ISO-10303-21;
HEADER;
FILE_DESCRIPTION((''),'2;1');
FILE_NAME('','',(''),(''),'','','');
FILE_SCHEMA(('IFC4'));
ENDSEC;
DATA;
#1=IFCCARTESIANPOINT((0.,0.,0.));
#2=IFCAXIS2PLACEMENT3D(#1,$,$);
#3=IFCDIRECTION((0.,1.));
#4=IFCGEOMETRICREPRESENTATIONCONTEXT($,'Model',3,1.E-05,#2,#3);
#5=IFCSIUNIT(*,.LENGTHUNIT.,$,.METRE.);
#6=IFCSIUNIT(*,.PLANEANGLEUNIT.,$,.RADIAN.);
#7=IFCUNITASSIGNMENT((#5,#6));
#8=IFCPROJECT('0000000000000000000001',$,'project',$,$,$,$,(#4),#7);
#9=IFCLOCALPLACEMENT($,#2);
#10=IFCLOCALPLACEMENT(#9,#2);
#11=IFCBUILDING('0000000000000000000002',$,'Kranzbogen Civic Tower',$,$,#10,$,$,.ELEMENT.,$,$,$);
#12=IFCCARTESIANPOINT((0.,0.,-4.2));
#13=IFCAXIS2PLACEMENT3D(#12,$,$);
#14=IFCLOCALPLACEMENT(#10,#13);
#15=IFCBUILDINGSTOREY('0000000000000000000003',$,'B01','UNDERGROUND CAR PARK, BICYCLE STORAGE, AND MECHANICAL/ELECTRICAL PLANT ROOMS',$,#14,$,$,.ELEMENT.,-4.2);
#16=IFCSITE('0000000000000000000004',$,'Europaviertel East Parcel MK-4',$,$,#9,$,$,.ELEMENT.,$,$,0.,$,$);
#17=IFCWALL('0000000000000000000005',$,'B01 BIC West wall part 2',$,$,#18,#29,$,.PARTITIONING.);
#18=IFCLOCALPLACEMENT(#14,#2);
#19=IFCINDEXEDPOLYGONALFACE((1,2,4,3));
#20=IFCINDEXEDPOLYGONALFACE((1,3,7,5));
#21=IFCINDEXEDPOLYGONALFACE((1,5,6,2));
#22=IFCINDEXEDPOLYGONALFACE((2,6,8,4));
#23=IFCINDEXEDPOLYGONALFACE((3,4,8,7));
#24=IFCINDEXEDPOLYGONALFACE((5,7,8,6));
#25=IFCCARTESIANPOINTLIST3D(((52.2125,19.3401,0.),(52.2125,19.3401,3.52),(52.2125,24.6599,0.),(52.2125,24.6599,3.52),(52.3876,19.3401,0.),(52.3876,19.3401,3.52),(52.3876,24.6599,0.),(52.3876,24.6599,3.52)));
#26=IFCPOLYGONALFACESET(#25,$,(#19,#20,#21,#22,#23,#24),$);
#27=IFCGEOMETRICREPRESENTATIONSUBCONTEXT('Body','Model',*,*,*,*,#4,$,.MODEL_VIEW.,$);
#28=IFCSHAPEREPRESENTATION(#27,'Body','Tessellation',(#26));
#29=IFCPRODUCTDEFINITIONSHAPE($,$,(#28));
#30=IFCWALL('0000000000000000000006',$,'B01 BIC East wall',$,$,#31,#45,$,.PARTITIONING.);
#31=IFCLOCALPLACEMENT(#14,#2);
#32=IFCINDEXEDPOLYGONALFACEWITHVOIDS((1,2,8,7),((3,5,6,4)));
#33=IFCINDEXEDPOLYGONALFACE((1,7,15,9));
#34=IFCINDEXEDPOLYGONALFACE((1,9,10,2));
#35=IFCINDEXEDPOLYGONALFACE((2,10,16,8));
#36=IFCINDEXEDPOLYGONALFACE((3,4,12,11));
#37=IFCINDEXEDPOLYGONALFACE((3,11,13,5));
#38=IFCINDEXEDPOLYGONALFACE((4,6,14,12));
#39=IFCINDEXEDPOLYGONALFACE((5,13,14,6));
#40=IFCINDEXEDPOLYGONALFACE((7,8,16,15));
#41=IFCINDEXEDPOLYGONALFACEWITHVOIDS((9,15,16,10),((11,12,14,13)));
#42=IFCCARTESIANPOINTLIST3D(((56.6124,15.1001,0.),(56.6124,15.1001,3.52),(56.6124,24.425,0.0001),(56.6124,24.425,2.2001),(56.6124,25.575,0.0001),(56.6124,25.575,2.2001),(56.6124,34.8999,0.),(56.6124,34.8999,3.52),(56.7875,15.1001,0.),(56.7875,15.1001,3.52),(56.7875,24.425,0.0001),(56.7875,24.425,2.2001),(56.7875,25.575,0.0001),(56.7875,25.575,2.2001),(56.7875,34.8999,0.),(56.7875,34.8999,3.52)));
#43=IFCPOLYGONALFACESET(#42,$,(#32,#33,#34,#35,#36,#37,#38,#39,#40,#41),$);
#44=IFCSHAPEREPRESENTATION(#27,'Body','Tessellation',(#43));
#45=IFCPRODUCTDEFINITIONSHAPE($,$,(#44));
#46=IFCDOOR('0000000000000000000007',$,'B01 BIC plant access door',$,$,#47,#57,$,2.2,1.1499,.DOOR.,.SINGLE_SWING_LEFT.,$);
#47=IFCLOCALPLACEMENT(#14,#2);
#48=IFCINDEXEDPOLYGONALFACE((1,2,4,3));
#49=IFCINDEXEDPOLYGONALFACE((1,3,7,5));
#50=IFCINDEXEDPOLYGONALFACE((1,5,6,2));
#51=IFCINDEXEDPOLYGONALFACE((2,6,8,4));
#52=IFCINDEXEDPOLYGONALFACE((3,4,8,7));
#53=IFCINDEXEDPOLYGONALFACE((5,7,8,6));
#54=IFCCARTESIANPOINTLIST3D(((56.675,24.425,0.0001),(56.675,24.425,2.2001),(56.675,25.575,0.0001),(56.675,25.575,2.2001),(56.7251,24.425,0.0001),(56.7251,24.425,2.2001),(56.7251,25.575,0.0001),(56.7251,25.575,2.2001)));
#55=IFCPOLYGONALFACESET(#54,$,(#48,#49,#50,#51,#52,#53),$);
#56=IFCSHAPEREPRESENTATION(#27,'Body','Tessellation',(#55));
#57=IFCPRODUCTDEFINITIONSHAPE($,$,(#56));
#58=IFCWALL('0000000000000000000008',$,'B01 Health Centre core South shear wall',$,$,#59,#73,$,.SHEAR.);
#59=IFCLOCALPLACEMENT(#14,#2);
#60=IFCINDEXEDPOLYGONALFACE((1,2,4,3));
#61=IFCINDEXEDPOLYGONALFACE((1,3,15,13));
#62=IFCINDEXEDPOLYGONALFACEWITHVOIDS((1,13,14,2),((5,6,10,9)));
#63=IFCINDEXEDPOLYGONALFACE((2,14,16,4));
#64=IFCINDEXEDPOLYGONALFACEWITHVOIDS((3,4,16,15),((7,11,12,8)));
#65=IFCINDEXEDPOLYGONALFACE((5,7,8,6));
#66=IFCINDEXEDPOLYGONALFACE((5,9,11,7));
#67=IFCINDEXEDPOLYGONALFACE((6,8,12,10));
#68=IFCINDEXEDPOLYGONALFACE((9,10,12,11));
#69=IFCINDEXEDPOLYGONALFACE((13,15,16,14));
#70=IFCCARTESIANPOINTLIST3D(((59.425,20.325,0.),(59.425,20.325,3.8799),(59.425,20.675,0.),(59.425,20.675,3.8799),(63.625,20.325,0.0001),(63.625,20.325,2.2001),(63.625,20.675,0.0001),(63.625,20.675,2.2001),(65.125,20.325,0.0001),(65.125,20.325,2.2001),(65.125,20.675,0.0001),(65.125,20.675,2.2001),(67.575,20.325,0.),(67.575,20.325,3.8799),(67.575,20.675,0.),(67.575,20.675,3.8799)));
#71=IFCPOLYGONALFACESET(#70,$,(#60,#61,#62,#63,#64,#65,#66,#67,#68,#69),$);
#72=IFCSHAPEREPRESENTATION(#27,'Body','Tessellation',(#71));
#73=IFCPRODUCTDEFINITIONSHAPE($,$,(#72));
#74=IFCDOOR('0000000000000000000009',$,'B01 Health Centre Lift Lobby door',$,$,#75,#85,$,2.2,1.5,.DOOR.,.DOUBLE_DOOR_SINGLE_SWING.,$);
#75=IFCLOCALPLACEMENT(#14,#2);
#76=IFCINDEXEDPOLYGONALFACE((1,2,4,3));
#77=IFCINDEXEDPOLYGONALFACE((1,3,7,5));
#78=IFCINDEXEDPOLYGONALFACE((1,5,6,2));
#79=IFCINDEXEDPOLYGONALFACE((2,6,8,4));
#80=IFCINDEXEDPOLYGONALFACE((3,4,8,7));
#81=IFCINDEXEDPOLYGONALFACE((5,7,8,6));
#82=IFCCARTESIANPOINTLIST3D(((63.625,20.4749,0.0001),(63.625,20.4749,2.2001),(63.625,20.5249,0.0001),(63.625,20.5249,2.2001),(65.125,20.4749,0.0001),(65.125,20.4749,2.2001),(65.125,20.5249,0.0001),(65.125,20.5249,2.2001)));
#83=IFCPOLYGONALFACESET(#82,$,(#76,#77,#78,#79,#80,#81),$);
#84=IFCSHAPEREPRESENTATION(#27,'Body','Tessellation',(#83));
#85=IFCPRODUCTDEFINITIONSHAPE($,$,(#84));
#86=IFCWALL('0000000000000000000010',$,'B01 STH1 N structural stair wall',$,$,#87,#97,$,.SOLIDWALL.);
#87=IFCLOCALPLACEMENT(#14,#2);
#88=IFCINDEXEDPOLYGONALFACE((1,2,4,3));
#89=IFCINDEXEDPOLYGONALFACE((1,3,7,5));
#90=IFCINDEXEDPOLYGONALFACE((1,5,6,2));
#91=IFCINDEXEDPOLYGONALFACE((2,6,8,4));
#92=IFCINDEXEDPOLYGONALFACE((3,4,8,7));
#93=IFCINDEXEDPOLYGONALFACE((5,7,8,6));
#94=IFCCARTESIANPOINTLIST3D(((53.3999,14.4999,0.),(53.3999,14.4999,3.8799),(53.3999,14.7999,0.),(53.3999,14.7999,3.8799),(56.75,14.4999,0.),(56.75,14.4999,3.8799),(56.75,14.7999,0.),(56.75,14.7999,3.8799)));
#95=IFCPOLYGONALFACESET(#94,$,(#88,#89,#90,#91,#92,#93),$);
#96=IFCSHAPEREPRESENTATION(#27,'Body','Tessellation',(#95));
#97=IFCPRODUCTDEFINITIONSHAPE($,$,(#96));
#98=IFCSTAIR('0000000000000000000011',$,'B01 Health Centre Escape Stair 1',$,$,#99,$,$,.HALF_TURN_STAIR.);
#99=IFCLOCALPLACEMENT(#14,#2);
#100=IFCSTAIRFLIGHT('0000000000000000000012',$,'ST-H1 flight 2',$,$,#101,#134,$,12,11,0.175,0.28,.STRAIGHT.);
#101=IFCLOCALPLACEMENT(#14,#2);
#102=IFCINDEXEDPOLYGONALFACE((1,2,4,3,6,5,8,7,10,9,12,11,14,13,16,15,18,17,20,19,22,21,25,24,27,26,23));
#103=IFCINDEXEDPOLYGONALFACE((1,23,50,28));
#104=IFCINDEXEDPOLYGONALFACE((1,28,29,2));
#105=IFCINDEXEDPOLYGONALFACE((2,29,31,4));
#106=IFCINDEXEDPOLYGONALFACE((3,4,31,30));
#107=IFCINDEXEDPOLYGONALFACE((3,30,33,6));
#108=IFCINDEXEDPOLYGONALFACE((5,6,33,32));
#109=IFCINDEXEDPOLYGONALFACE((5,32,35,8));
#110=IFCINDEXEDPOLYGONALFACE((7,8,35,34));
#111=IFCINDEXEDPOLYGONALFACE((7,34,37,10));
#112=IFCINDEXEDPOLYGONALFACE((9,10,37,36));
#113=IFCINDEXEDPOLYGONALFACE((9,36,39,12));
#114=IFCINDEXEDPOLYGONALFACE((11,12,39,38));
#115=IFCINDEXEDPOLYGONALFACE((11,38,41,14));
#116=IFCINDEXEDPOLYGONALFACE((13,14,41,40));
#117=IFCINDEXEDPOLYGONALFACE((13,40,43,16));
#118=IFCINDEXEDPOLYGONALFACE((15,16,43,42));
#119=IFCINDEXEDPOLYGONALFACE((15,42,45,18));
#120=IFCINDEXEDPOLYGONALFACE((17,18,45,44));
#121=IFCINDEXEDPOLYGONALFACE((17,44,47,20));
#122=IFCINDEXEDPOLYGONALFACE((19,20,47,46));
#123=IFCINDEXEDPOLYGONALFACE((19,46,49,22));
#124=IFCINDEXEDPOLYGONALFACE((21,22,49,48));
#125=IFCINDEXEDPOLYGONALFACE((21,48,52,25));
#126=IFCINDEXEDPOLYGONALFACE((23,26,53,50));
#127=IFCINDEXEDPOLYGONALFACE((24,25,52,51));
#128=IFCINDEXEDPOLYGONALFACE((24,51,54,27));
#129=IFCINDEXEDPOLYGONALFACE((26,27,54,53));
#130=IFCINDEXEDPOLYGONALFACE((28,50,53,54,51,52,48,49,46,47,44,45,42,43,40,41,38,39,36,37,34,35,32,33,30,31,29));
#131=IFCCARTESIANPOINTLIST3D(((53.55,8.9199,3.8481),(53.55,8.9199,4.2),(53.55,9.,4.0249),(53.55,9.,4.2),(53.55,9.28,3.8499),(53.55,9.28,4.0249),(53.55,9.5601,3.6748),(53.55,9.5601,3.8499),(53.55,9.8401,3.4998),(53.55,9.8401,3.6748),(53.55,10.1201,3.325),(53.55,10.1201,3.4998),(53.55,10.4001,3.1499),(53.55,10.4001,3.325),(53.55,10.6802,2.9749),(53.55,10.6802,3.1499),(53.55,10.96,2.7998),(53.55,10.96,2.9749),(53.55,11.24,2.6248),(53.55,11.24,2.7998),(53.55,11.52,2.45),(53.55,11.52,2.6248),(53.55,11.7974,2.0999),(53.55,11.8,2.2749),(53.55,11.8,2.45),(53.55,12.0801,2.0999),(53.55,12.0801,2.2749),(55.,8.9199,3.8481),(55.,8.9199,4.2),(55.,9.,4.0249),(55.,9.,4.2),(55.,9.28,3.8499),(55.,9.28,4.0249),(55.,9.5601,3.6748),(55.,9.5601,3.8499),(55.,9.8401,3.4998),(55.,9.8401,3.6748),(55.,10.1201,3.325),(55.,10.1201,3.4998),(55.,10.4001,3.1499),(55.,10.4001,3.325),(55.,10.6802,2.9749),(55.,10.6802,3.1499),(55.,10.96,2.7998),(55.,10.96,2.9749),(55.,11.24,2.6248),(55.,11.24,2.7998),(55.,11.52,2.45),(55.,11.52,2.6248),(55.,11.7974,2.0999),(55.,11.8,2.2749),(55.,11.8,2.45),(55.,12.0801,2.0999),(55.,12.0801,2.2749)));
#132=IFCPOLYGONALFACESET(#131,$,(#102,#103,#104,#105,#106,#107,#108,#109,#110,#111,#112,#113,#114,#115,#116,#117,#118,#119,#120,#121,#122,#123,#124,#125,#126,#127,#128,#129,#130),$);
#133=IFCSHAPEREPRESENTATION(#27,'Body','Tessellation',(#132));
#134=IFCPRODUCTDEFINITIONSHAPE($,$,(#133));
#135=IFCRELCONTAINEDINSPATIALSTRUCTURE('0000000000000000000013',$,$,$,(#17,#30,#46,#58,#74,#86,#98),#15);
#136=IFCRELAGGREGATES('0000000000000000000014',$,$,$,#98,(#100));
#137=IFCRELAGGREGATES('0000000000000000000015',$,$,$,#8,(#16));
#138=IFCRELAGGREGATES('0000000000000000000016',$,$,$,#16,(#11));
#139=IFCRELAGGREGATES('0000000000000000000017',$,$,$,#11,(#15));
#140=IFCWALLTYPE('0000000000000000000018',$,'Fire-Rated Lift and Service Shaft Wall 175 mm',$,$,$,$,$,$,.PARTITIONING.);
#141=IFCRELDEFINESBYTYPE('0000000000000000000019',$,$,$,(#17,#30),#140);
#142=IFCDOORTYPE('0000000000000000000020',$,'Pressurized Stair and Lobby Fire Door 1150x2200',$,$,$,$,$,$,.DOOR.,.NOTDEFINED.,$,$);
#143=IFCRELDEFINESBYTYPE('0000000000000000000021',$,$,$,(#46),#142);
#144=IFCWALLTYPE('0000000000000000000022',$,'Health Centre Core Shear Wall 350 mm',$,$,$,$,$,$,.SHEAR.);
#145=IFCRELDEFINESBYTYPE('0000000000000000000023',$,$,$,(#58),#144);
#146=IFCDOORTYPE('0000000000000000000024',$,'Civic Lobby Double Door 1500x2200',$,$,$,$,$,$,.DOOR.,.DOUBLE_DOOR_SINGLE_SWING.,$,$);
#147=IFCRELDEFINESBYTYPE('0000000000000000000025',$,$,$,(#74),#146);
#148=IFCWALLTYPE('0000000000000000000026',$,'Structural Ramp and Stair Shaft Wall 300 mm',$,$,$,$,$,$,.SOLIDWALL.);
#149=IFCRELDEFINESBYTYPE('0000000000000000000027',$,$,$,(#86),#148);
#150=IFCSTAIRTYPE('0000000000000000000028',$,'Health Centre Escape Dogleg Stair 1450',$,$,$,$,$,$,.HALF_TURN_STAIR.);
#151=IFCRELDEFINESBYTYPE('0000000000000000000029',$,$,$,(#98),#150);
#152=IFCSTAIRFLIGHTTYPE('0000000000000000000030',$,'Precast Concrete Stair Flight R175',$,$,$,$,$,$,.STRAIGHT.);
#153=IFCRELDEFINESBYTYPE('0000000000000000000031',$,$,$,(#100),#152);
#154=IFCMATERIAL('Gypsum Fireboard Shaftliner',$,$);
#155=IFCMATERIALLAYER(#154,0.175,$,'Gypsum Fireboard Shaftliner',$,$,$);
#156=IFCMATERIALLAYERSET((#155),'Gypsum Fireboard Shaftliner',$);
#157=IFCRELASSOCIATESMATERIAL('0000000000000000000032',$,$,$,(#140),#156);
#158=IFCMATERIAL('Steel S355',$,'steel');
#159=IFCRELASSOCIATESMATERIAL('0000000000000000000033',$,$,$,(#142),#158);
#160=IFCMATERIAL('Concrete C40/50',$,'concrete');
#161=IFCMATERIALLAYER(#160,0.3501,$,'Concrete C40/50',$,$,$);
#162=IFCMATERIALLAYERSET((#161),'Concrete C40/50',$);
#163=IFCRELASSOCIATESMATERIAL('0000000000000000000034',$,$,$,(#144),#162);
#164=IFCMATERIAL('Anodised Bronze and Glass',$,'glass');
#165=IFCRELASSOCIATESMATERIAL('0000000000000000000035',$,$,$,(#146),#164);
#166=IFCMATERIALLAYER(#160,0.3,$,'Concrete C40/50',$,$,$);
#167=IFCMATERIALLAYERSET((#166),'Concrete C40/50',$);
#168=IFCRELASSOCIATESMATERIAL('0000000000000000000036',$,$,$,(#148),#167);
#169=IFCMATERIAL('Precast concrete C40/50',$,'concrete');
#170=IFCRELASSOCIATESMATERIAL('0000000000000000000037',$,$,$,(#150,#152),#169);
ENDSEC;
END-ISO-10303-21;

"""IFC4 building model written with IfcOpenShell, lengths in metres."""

from ifc_helpers import new_model, si_unit, direction, frame, frame_2d, origin, place, context, subcontext, project, spatial, polyline, rectangle, outline, extrude, material, layer, layer_set, type_object, element, fill, aggregate, save


model = new_model("IFC4")

# Units and contexts
model_context = context("Model", 3, precision=1e-05, world=origin(), true_north=direction((0.0, 1.0)))
body_context = subcontext(model_context, "Body", "Model", "MODEL_VIEW")
ifc_project = project(units=[si_unit("LENGTHUNIT", "METRE"), si_unit("PLANEANGLEUNIT", "RADIAN")], contexts=[model_context])

# Site, building, storey
site_placement = place(None, origin())
site = spatial("IfcSite", under=ifc_project, at=site_placement, Name="Europaviertel East Parcel MK-4", CompositionType="ELEMENT", RefElevation=0.0)
building_placement = place(site_placement, origin())
building = spatial("IfcBuilding", under=site, at=building_placement, Name="Kranzbogen Civic Tower", CompositionType="ELEMENT")
storey_placement = place(building_placement, frame((0.0, 0.0, -4.2)))
storey = spatial("IfcBuildingStorey", under=building, at=storey_placement, Name="B01", Description="UNDERGROUND CAR PARK, BICYCLE STORAGE, AND MECHANICAL/ELECTRICAL PLANT ROOMS", CompositionType="ELEMENT", Elevation=-4.2)

# Shared definitions
ifc_material_1 = material(Name="Concrete C40/50", Category="concrete")

# Shared definitions
ifc_material_2 = material(Name="Steel S355", Category="steel")

# Wall
ifc_material_3 = material(Name="Gypsum Fireboard Shaftliner")
ifc_layer_1 = layer(ifc_material_3, 0.175, Name="Gypsum Fireboard Shaftliner")
ifc_layer_set_1 = layer_set([ifc_layer_1], Name="Gypsum Fireboard Shaftliner")
wall_type_1 = type_object("IfcWallType", Name="Fire-Rated Lift and Service Shaft Wall 175 mm", PredefinedType="PARTITIONING", material=ifc_layer_set_1)
wall_1_placement = place(storey_placement, frame((52.3, 19.3401, 0.0), z_axis=(0.0, 0.0, 1.0), x_axis=(0.0, 1.0, 0.0)))
element("IfcWall", 1, at=wall_1_placement, inside=storey, type_object=wall_type_1, Name="B01 BIC West wall part 2", PredefinedType="PARTITIONING", context=body_context, shape_type="SweptSolid", body=[
    extrude(rectangle(XDim=5.3198, YDim=0.175, at=frame_2d((2.6599, 0.0))), origin(), (0.0, 0.0, 1.0), 3.52),
])

# Walls, openings, doors
wall_2_placement = place(storey_placement, frame((56.7, 15.1001, 0.0), z_axis=(0.0, 0.0, 1.0), x_axis=(0.0, 1.0, 0.0)))
wall_2 = element("IfcWall", 2, at=wall_2_placement, inside=storey, type_object=wall_type_1, Name="B01 BIC East wall", PredefinedType="PARTITIONING", context=body_context, shape_type="SweptSolid", body=[
    extrude(rectangle(XDim=19.7998, YDim=0.175, at=frame_2d((9.8999, 0.0))), origin(), (0.0, 0.0, 1.0), 3.52),
])
opening_1_placement = place(wall_2_placement, frame((9.325, 0.0, 0.0)))
opening_1 = element("IfcOpeningElement", 3, at=opening_1_placement, cuts=wall_2, PredefinedType="OPENING", context=body_context, shape_type="SweptSolid", body=[
    extrude(rectangle(XDim=1.1499, YDim=2.2, at=frame_2d((0.575, 1.1001))), frame((0.0, 0.0977, 0.0), z_axis=(0.0, -1.0, 0.0), x_axis=(1.0, 0.0, 0.0)), (0.0, 0.0, 1.0), 0.1951),
])
door_type_1 = type_object("IfcDoorType", Name="Pressurized Stair and Lobby Fire Door 1150x2200", OperationType="NOTDEFINED", PredefinedType="DOOR", material=ifc_material_2)
door_1_placement = place(opening_1_placement, origin())
door_1 = element("IfcDoor", 4, at=door_1_placement, inside=storey, type_object=door_type_1, Name="B01 BIC plant access door", OperationType="SINGLE_SWING_LEFT", OverallHeight=2.2, OverallWidth=1.1499, PredefinedType="DOOR", context=body_context, shape_type="SweptSolid", body=[
    extrude(rectangle(XDim=1.1499, YDim=2.2, at=frame_2d((0.575, 1.1001))), frame((0.0, 0.0249, 0.0), z_axis=(0.0, -1.0, 0.0), x_axis=(1.0, 0.0, 0.0)), (0.0, 0.0, 1.0), 0.05),
])
fill(opening_1, door_1)
ifc_layer_2 = layer(ifc_material_1, 0.3501, Name="Concrete C40/50")
ifc_layer_set_2 = layer_set([ifc_layer_2], Name="Concrete C40/50")
wall_type_2 = type_object("IfcWallType", Name="Health Centre Core Shear Wall 350 mm", PredefinedType="SHEAR", material=ifc_layer_set_2)
wall_3_placement = place(storey_placement, frame((59.425, 20.5, 0.0), z_axis=(0.0, 0.0, 1.0), x_axis=(1.0, 0.0, 0.0)))
wall_3 = element("IfcWall", 5, at=wall_3_placement, inside=storey, type_object=wall_type_2, Name="B01 Health Centre core South shear wall", PredefinedType="SHEAR", context=body_context, shape_type="SweptSolid", body=[
    extrude(rectangle(XDim=8.1499, YDim=0.3501, at=frame_2d((4.075, 0.0))), origin(), (0.0, 0.0, 1.0), 3.8799),
])
opening_2_placement = place(wall_3_placement, frame((4.2, 0.0, 0.0)))
opening_2 = element("IfcOpeningElement", 6, at=opening_2_placement, cuts=wall_3, PredefinedType="OPENING", context=body_context, shape_type="SweptSolid", body=[
    extrude(rectangle(XDim=1.5, YDim=2.2, at=frame_2d((0.75, 1.1001))), frame((0.0, 0.1851, 0.0), z_axis=(0.0, -1.0, 0.0), x_axis=(1.0, 0.0, 0.0)), (0.0, 0.0, 1.0), 0.3701),
])
ifc_material_4 = material(Name="Anodised Bronze and Glass", Category="glass")
door_type_2 = type_object("IfcDoorType", Name="Civic Lobby Double Door 1500x2200", OperationType="DOUBLE_DOOR_SINGLE_SWING", PredefinedType="DOOR", material=ifc_material_4)
door_2_placement = place(opening_2_placement, origin())
door_2 = element("IfcDoor", 7, at=door_2_placement, inside=storey, type_object=door_type_2, Name="B01 Health Centre Lift Lobby door", OperationType="DOUBLE_DOOR_SINGLE_SWING", OverallHeight=2.2, OverallWidth=1.5, PredefinedType="DOOR", context=body_context, shape_type="SweptSolid", body=[
    extrude(rectangle(XDim=1.5, YDim=2.2, at=frame_2d((0.75, 1.1001))), frame((0.0, 0.0249, 0.0), z_axis=(0.0, -1.0, 0.0), x_axis=(1.0, 0.0, 0.0)), (0.0, 0.0, 1.0), 0.05),
])
fill(opening_2, door_2)

# Wall
ifc_layer_3 = layer(ifc_material_1, 0.3, Name="Concrete C40/50")
ifc_layer_set_3 = layer_set([ifc_layer_3], Name="Concrete C40/50")
wall_type_3 = type_object("IfcWallType", Name="Structural Ramp and Stair Shaft Wall 300 mm", PredefinedType="SOLIDWALL", material=ifc_layer_set_3)
wall_4_placement = place(storey_placement, frame((53.3999, 14.6499, 0.0), z_axis=(0.0, 0.0, 1.0), x_axis=(1.0, 0.0, 0.0)))
element("IfcWall", 8, at=wall_4_placement, inside=storey, type_object=wall_type_3, Name="B01 STH1 N structural stair wall", PredefinedType="SOLIDWALL", context=body_context, shape_type="SweptSolid", body=[
    extrude(rectangle(XDim=3.3501, YDim=0.3, at=frame_2d((1.675, 0.0))), origin(), (0.0, 0.0, 1.0), 3.8799),
])

# Stair, stair flight
ifc_material_5 = material(Name="Precast concrete C40/50", Category="concrete")
stair_type = type_object("IfcStairType", Name="Health Centre Escape Dogleg Stair 1450", PredefinedType="HALF_TURN_STAIR", material=ifc_material_5)
stair_placement = place(storey_placement, origin())
stair = element("IfcStair", 9, at=stair_placement, inside=storey, type_object=stair_type, Name="B01 Health Centre Escape Stair 1", PredefinedType="HALF_TURN_STAIR")
stair_flight_type = type_object("IfcStairFlightType", Name="Precast Concrete Stair Flight R175", PredefinedType="STRAIGHT", material=ifc_material_5)
stair_flight_placement = place(storey_placement, frame((54.2749, 12.0801, 2.0999), z_axis=(0.0, 0.0, 1.0), x_axis=(0.0, -1.0, 0.0)))
stair_flight = element("IfcStairFlight", 10, at=stair_flight_placement, type_object=stair_flight_type, Name="ST-H1 flight 2", NumberOfRisers=12, NumberOfTreads=11, PredefinedType="STRAIGHT", RiserHeight=0.175, TreadLength=0.28, context=body_context, shape_type="SweptSolid", body=[
    extrude(outline(polyline([(0.0, 0.0), (0.0, 0.175), (0.28, 0.175), (0.28, 0.3501), (0.5601, 0.3501), (0.5601, 0.5249), (0.8401, 0.5249), (0.8401, 0.7), (1.1201, 0.7), (1.1201, 0.875), (1.3999, 0.875), (1.3999, 1.05), (1.6799, 1.05), (1.6799, 1.2251), (1.96, 1.2251), (1.96, 1.3999), (2.24, 1.3999), (2.24, 1.575), (2.52, 1.575), (2.52, 1.75), (2.8, 1.75), (2.8, 1.925), (3.0801, 1.925), (3.0801, 2.1001), (3.1602, 2.1001), (3.1602, 1.7483), (0.2827, 0.0), (0.0, 0.0)])), frame((0.0, 0.7251, 0.0), z_axis=(0.0, -1.0, 0.0), x_axis=(1.0, 0.0, 0.0)), (0.0, 0.0, 1.0), 1.45),
])
aggregate(stair, [stair_flight])

save(model, "model.ifc")
